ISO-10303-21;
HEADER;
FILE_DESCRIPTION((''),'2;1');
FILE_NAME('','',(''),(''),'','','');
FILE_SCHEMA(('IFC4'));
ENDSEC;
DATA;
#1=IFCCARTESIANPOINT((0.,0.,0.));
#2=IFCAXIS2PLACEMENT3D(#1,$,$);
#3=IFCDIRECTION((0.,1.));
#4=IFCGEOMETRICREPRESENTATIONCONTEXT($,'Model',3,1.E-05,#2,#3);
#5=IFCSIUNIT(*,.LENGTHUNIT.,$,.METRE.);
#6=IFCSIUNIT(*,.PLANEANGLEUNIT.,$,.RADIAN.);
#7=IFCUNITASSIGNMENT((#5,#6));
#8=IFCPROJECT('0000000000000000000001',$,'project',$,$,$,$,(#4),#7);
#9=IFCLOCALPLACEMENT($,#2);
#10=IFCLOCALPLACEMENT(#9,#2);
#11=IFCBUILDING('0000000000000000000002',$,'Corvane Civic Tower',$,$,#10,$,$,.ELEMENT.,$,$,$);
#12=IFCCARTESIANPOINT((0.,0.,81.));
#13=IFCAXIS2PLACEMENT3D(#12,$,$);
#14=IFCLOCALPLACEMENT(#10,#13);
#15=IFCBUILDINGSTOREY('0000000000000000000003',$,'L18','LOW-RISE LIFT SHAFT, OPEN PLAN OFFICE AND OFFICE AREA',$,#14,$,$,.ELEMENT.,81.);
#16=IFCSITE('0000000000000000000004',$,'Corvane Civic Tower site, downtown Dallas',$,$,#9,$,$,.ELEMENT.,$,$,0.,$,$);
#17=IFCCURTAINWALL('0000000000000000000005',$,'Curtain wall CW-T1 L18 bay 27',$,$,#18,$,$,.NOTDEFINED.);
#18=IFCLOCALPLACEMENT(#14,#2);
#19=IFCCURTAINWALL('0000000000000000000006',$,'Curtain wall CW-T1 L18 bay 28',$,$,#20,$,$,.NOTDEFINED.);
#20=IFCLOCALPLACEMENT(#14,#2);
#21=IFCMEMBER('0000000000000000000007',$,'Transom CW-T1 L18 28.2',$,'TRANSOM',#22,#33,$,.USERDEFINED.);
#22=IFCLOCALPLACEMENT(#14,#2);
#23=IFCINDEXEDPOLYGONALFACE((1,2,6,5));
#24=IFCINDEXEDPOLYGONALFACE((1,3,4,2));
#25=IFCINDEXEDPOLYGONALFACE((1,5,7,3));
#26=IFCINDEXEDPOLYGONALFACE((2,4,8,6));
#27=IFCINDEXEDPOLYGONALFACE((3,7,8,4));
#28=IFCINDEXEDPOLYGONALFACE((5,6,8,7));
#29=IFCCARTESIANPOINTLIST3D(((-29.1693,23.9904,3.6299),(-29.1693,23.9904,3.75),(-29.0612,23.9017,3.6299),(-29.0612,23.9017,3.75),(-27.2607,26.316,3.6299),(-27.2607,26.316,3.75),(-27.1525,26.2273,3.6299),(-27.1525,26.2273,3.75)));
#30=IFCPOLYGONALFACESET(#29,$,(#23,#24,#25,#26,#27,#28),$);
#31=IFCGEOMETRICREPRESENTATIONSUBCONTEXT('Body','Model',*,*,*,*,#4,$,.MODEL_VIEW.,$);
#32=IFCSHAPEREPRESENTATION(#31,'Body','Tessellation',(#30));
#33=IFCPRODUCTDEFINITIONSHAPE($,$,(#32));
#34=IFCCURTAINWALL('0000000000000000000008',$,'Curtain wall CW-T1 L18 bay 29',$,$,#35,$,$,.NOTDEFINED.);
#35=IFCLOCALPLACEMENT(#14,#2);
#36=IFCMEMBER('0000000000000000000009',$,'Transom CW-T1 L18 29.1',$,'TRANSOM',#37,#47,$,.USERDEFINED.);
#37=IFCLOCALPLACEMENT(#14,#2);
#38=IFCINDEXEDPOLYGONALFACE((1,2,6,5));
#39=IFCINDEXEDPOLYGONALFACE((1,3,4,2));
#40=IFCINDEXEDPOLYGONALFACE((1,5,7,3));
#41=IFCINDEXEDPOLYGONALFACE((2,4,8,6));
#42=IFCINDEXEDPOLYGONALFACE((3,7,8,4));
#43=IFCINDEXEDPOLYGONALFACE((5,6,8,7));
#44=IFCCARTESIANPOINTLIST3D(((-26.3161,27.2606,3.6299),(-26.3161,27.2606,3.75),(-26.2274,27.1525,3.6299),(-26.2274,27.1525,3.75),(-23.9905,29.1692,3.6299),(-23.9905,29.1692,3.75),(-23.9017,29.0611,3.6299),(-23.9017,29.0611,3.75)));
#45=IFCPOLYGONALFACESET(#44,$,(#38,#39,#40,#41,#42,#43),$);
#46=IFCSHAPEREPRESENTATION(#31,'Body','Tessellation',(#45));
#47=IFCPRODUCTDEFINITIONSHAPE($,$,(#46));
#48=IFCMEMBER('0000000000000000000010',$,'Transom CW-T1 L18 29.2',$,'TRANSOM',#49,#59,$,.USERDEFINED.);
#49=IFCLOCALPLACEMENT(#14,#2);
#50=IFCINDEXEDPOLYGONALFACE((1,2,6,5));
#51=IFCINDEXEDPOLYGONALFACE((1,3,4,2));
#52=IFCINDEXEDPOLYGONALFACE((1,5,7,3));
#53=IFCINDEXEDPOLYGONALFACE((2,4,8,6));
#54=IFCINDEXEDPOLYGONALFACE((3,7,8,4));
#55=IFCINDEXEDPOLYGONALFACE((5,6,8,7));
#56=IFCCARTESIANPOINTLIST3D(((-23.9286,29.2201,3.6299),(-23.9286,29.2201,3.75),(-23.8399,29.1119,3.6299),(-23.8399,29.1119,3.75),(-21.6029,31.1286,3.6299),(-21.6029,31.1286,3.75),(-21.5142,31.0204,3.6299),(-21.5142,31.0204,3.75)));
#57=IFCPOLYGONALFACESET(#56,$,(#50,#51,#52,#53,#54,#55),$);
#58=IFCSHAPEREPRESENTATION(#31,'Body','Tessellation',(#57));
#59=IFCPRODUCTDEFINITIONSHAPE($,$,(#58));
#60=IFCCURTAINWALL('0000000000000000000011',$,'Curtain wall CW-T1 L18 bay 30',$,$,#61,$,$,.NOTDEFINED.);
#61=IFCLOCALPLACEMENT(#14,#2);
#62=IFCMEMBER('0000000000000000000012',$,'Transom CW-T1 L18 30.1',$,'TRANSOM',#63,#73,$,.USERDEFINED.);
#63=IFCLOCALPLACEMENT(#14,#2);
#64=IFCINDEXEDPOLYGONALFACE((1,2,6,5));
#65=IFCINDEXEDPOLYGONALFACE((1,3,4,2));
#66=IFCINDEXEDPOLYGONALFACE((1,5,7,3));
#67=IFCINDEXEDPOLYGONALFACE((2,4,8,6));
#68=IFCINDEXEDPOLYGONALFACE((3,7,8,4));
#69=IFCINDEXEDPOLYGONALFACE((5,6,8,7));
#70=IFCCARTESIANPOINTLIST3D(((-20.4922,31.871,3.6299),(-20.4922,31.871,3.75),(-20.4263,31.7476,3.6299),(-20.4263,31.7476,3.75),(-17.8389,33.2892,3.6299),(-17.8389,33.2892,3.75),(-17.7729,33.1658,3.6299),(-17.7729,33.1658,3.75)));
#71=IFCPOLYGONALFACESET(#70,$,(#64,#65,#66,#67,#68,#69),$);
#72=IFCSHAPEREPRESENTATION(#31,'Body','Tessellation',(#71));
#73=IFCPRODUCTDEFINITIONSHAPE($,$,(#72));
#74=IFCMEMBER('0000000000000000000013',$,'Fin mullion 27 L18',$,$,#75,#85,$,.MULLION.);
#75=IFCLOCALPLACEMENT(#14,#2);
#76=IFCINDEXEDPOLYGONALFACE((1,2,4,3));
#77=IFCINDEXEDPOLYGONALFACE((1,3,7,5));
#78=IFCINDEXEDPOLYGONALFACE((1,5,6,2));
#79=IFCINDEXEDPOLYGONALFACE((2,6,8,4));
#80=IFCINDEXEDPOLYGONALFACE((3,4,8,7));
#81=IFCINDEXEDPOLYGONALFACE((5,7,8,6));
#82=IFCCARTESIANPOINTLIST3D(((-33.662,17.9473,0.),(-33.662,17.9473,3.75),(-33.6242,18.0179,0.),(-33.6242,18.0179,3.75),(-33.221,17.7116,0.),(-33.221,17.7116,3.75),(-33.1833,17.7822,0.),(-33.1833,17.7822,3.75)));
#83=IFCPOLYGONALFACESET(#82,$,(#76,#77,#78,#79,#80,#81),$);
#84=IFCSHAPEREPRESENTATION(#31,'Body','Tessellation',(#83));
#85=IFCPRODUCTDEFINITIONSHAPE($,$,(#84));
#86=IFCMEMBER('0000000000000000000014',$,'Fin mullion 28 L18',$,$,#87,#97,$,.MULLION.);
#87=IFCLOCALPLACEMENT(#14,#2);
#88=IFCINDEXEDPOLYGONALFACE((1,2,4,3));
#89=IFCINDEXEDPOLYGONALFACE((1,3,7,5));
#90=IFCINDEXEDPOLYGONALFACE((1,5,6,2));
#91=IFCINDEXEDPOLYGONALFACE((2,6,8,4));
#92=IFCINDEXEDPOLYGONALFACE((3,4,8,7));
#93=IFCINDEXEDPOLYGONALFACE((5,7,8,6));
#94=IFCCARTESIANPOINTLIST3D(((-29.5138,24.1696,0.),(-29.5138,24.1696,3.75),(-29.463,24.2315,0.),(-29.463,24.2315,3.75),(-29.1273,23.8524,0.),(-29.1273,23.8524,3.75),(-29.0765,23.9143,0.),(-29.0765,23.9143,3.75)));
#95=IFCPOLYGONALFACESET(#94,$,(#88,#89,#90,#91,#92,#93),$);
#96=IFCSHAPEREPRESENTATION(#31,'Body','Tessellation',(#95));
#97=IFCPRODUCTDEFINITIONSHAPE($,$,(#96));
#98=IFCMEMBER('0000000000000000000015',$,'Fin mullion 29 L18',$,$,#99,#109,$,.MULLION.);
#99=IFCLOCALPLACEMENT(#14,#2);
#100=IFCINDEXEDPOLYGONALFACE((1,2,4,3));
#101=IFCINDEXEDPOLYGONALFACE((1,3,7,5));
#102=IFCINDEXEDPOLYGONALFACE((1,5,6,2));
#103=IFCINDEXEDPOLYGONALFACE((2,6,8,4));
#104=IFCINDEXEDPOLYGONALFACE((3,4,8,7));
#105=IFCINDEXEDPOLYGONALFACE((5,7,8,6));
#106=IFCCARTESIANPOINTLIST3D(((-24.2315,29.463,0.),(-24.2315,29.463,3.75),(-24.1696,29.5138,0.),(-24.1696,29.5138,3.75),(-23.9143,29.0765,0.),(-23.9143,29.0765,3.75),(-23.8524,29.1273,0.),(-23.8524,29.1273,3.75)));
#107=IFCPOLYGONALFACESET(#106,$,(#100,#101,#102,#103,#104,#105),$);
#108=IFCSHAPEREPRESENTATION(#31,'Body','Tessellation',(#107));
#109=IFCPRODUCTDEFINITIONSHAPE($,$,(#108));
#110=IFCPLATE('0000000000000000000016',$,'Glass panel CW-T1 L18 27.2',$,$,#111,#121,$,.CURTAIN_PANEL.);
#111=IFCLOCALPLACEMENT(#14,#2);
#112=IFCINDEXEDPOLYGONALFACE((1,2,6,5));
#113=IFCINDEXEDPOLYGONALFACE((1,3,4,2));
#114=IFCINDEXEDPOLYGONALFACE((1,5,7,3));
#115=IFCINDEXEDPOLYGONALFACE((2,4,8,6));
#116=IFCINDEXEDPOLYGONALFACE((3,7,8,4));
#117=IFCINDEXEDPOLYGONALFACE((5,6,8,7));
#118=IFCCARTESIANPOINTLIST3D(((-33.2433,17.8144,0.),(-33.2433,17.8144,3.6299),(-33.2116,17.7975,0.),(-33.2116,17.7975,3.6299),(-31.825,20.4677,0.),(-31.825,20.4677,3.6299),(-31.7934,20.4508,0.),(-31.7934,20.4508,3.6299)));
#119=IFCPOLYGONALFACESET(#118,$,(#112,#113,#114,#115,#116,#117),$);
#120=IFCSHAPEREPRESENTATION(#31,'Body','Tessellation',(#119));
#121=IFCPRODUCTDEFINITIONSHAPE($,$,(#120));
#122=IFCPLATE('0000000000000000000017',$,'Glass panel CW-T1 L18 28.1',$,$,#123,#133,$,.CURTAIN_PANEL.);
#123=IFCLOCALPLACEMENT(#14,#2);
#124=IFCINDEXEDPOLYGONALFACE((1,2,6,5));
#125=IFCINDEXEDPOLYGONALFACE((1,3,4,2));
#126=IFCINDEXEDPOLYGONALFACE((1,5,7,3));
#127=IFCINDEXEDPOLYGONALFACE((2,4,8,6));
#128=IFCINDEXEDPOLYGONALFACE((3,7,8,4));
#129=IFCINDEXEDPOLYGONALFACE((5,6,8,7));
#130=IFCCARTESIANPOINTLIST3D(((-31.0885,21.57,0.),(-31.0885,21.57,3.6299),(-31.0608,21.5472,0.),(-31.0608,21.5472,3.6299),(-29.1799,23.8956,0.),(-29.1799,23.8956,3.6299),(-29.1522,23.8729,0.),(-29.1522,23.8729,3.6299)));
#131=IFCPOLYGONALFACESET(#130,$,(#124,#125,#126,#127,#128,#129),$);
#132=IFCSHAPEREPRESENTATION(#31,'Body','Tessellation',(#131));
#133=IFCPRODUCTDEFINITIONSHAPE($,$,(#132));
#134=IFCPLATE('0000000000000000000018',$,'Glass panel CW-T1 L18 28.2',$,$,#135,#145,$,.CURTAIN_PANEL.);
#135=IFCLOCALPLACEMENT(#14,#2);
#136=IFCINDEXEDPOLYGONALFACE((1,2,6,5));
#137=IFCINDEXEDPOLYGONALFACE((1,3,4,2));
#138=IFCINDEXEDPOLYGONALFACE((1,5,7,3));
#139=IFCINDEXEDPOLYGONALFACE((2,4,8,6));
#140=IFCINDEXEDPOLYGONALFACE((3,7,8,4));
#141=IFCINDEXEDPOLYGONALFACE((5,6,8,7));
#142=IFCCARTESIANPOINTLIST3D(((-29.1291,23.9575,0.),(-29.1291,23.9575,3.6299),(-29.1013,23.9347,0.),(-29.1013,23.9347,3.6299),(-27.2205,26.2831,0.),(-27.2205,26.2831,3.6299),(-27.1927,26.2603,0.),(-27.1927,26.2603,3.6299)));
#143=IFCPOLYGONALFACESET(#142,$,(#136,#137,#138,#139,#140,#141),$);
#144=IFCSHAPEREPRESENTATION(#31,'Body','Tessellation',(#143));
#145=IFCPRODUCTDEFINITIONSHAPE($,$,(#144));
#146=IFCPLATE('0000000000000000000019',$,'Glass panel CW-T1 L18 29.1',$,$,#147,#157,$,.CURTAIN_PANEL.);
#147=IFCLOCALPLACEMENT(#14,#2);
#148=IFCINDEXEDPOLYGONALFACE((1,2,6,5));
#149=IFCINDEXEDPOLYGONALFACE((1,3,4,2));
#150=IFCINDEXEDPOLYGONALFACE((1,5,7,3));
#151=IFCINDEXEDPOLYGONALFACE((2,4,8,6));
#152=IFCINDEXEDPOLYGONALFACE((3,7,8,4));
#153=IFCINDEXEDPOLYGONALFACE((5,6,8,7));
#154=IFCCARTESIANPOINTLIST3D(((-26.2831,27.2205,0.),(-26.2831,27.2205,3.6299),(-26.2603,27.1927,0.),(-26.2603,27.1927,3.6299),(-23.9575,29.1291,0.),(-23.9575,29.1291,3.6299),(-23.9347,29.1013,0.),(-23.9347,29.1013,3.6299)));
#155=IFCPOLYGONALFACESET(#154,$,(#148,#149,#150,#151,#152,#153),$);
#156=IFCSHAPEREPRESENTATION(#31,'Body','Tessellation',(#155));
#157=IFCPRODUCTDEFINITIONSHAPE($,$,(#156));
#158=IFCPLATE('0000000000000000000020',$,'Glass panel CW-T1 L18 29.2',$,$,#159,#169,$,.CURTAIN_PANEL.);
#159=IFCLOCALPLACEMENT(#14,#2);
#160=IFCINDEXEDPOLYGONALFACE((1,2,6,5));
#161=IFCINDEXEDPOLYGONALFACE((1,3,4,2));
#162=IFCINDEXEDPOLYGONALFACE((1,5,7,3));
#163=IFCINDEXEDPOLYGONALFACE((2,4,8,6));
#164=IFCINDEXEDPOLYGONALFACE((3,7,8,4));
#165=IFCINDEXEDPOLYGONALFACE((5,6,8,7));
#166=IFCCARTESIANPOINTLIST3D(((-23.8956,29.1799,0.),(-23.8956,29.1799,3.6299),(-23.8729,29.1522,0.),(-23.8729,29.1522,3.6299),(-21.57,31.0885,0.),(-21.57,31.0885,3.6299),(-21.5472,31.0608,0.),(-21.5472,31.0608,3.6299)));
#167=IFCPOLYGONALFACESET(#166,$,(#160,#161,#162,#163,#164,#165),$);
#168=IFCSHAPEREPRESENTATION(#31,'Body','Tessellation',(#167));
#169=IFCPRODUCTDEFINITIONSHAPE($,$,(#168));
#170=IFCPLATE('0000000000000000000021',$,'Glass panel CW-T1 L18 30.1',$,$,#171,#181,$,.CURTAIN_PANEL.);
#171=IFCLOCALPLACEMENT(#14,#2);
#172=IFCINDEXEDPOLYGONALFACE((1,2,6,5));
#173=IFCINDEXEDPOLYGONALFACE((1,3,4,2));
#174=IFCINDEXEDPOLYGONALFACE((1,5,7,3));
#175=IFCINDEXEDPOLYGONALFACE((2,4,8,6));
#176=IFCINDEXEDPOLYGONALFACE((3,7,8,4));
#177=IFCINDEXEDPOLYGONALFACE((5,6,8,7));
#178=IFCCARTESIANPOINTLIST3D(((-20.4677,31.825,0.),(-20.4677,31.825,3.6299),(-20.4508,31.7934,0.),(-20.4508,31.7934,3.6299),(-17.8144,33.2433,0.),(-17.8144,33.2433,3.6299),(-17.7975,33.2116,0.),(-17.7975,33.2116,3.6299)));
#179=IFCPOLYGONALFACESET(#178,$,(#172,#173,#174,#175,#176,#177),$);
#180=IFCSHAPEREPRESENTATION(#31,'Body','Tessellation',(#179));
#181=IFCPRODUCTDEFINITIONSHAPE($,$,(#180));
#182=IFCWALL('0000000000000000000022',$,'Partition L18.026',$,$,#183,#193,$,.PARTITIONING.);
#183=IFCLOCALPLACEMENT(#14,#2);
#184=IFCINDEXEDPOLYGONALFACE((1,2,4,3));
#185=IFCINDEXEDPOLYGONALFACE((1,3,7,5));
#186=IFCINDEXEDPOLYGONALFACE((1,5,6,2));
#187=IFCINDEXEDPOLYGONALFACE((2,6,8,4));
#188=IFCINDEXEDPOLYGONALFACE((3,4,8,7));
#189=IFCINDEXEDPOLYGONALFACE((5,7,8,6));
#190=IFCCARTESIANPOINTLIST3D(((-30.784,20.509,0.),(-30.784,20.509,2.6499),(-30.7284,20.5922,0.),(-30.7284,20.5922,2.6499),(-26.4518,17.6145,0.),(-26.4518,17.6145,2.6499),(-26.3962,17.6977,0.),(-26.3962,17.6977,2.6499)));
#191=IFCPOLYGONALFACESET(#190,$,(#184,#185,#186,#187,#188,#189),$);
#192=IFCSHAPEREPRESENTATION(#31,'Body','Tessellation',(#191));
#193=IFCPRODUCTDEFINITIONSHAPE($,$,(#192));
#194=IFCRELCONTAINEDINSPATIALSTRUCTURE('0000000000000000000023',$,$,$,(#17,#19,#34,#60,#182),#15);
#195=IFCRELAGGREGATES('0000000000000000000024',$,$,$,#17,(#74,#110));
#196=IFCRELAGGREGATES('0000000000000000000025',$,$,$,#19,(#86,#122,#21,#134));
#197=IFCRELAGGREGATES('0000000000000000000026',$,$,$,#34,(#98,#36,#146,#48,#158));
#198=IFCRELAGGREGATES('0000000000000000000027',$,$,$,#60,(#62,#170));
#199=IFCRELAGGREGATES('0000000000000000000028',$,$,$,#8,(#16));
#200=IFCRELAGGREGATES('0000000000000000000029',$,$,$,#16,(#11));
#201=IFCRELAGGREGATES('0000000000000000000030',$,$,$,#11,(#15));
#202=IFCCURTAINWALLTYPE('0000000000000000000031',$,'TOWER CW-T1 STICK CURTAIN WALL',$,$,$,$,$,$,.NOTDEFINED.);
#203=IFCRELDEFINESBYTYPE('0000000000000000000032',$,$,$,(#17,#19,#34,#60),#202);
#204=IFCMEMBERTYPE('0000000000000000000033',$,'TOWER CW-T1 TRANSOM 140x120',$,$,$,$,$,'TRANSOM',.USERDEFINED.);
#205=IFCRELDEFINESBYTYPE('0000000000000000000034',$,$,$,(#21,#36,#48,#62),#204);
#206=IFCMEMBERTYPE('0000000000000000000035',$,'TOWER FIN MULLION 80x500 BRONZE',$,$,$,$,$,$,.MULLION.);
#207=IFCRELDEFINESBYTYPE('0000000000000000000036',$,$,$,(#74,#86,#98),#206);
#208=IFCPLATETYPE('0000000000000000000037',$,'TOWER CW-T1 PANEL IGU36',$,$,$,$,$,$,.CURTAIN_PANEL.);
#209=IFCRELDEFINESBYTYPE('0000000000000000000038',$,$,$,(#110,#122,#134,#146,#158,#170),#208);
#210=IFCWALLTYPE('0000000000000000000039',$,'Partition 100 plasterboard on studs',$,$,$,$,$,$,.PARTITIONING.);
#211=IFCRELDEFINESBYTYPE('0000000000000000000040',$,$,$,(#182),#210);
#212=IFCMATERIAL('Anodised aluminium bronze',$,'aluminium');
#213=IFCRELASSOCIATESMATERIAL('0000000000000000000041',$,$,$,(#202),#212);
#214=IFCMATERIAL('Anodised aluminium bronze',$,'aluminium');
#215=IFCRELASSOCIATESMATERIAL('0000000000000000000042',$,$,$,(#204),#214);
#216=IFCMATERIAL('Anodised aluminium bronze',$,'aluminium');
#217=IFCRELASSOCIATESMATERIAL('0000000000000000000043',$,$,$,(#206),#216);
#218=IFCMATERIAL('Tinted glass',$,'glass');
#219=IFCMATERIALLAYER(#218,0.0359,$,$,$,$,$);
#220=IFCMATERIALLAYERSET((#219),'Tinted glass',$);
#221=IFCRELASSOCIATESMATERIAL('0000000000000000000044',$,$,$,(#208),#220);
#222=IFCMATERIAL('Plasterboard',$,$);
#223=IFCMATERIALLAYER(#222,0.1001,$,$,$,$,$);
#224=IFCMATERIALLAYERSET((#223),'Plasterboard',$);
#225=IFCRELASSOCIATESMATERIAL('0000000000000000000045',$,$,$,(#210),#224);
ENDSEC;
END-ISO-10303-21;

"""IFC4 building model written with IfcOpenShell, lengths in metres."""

from ifc_helpers import new_model, si_unit, direction, frame, frame_2d, origin, origin_2d, place, context, subcontext, project, spatial, rectangle, extrude, material, layer, layer_set, material_profile, profile_set, type_object, element, aggregate, save


model = new_model("IFC4")

# Units and contexts
model_context = context("Model", 3, precision=1e-05, world=origin(), true_north=direction((0.0, 1.0)))
body_context = subcontext(model_context, "Body", "Model", "MODEL_VIEW")
ifc_project = project(units=[si_unit("LENGTHUNIT", "METRE"), si_unit("PLANEANGLEUNIT", "RADIAN")], contexts=[model_context])

# Site, building, storey
site_placement = place(None, origin())
site = spatial("IfcSite", under=ifc_project, at=site_placement, Name="Corvane Civic Tower site, downtown Dallas", CompositionType="ELEMENT", RefElevation=0.0)
building_placement = place(site_placement, origin())
building = spatial("IfcBuilding", under=site, at=building_placement, Name="Corvane Civic Tower", CompositionType="ELEMENT")
storey_placement = place(building_placement, frame((0.0, 0.0, 81.0)))
storey = spatial("IfcBuildingStorey", under=building, at=storey_placement, Name="L18", Description="LOW-RISE LIFT SHAFT, OPEN PLAN OFFICE AND OFFICE AREA", CompositionType="ELEMENT", Elevation=81.0)

# Curtain wall
ifc_material_1 = material(Name="Anodised aluminium bronze", Category="aluminium")
curtain_wall_type = type_object("IfcCurtainWallType", Name="TOWER CW-T1 STICK CURTAIN WALL", PredefinedType="NOTDEFINED", material=ifc_material_1)
curtain_wall_1_placement = place(storey_placement, origin())
curtain_wall_1 = element("IfcCurtainWall", 1, at=curtain_wall_1_placement, inside=storey, type_object=curtain_wall_type, Name="Curtain wall CW-T1 L18 bay 27", PredefinedType="NOTDEFINED")
ifc_material_2 = material(Name="Anodised aluminium bronze", Category="aluminium")
ifc_material_profile_1 = material_profile(ifc_material_2, rectangle(XDim=0.1399, YDim=0.1201, at=origin_2d()), Name="TOWER CW-T1 TRANSOM 140x120")
ifc_profile_set_1 = profile_set([ifc_material_profile_1], Name="Anodised aluminium bronze")
member_type_1 = type_object("IfcMemberType", Name="TOWER CW-T1 TRANSOM 140x120", ElementType="TRANSOM", PredefinedType="USERDEFINED", material=ifc_profile_set_1)

# Curtain walls, members
curtain_wall_2_placement = place(storey_placement, origin())
curtain_wall_2 = element("IfcCurtainWall", 2, at=curtain_wall_2_placement, inside=storey, type_object=curtain_wall_type, Name="Curtain wall CW-T1 L18 bay 28", PredefinedType="NOTDEFINED")
member_1_placement = place(storey_placement, frame((-29.1152, 23.946, 3.6899), z_axis=(0.634404, 0.773002, 0.0), x_axis=(-0.773002, 0.634404, 0.0)))
member_1 = element("IfcMember", 3, at=member_1_placement, type_object=member_type_1, Name="Transom CW-T1 L18 28.2", ObjectType="TRANSOM", PredefinedType="USERDEFINED", context=body_context, shape_type="SweptSolid", body=[
    extrude(rectangle(XDim=0.1399, YDim=0.1201, at=origin_2d()), origin(), (0.0, 0.0, 1.0), 3.0085),
])
curtain_wall_3_placement = place(storey_placement, origin())
curtain_wall_3 = element("IfcCurtainWall", 4, at=curtain_wall_3_placement, inside=storey, type_object=curtain_wall_type, Name="Curtain wall CW-T1 L18 bay 29", PredefinedType="NOTDEFINED")
member_2_placement = place(storey_placement, frame((-26.2717, 27.2065, 3.6899), z_axis=(0.773002, 0.634404, 0.0), x_axis=(-0.634404, 0.773002, 0.0)))
member_2 = element("IfcMember", 5, at=member_2_placement, type_object=member_type_1, Name="Transom CW-T1 L18 29.1", ObjectType="TRANSOM", PredefinedType="USERDEFINED", context=body_context, shape_type="SweptSolid", body=[
    extrude(rectangle(XDim=0.1399, YDim=0.1201, at=origin_2d()), origin(), (0.0, 0.0, 1.0), 3.0085),
])
member_3_placement = place(storey_placement, frame((-23.8843, 29.166, 3.6899), z_axis=(0.773042, 0.634355, 0.0), x_axis=(-0.634355, 0.773042, 0.0)))
member_3 = element("IfcMember", 6, at=member_3_placement, type_object=member_type_1, Name="Transom CW-T1 L18 29.2", ObjectType="TRANSOM", PredefinedType="USERDEFINED", context=body_context, shape_type="SweptSolid", body=[
    extrude(rectangle(XDim=0.1399, YDim=0.1201, at=origin_2d()), origin(), (0.0, 0.0, 1.0), 3.0085),
])

# Curtain wall, member
curtain_wall_4_placement = place(storey_placement, origin())
curtain_wall_4 = element("IfcCurtainWall", 7, at=curtain_wall_4_placement, inside=storey, type_object=curtain_wall_type, Name="Curtain wall CW-T1 L18 bay 30", PredefinedType="NOTDEFINED")
member_4_placement = place(storey_placement, frame((-20.4592, 31.8093, 3.6899), z_axis=(0.881924, 0.471393, 0.0), x_axis=(-0.471393, 0.881924, 0.0)))
member_4 = element("IfcMember", 8, at=member_4_placement, type_object=member_type_1, Name="Transom CW-T1 L18 30.1", ObjectType="TRANSOM", PredefinedType="USERDEFINED", context=body_context, shape_type="SweptSolid", body=[
    extrude(rectangle(XDim=0.1399, YDim=0.1201, at=origin_2d()), origin(), (0.0, 0.0, 1.0), 3.0085),
])

# Members
ifc_material_3 = material(Name="Anodised aluminium bronze", Category="aluminium")
ifc_material_profile_2 = material_profile(ifc_material_3, rectangle(XDim=0.0801, YDim=0.5, at=origin_2d()), Name="TOWER FIN MULLION 80x500 BRONZE")
ifc_profile_set_2 = profile_set([ifc_material_profile_2], Name="Anodised aluminium bronze")
member_type_2 = type_object("IfcMemberType", Name="TOWER FIN MULLION 80x500 BRONZE", PredefinedType="MULLION", material=ifc_profile_set_2)
member_5_placement = place(storey_placement, frame((-33.4226, 17.8647, 0.0), z_axis=(0.0, 0.0, 1.0), x_axis=(0.471404, 0.881918, 0.0)))
member_5 = element("IfcMember", 9, at=member_5_placement, type_object=member_type_2, Name="Fin mullion 27 L18", PredefinedType="MULLION", context=body_context, shape_type="SweptSolid", body=[
    extrude(rectangle(XDim=0.0801, YDim=0.5, at=origin_2d()), origin(), (0.0, 0.0, 1.0), 3.75),
])
member_6_placement = place(storey_placement, frame((-29.2952, 24.042, 0.0), z_axis=(0.0, 0.0, 1.0), x_axis=(0.634397, 0.773007, 0.0)))
member_6 = element("IfcMember", 10, at=member_6_placement, type_object=member_type_2, Name="Fin mullion 28 L18", PredefinedType="MULLION", context=body_context, shape_type="SweptSolid", body=[
    extrude(rectangle(XDim=0.0801, YDim=0.5, at=origin_2d()), origin(), (0.0, 0.0, 1.0), 3.75),
])
member_7_placement = place(storey_placement, frame((-24.042, 29.2952, 0.0), z_axis=(0.0, 0.0, 1.0), x_axis=(0.773007, 0.634397, 0.0)))
member_7 = element("IfcMember", 11, at=member_7_placement, type_object=member_type_2, Name="Fin mullion 29 L18", PredefinedType="MULLION", context=body_context, shape_type="SweptSolid", body=[
    extrude(rectangle(XDim=0.0801, YDim=0.5, at=origin_2d()), origin(), (0.0, 0.0, 1.0), 3.75),
])

# Plates
ifc_material_4 = material(Name="Tinted glass", Category="glass")
ifc_layer_1 = layer(ifc_material_4, 0.0359)
ifc_layer_set_1 = layer_set([ifc_layer_1], Name="Tinted glass")
plate_type = type_object("IfcPlateType", Name="TOWER CW-T1 PANEL IGU36", PredefinedType="CURTAIN_PANEL", material=ifc_layer_set_1)
plate_1_placement = place(storey_placement, frame((-32.5183, 19.1326, 0.0), z_axis=(0.0, 0.0, 1.0), x_axis=(0.471404, 0.881918, 0.0)))
plate_1 = element("IfcPlate", 12, at=plate_1_placement, type_object=plate_type, Name="Glass panel CW-T1 L18 27.2", PredefinedType="CURTAIN_PANEL", context=body_context, shape_type="SweptSolid", body=[
    extrude(rectangle(XDim=3.0085, YDim=0.0359, at=origin_2d()), origin(), (0.0, 0.0, 1.0), 3.6299),
])
aggregate(curtain_wall_1, [member_5, plate_1])
plate_2_placement = place(storey_placement, frame((-30.1204, 22.7214, 0.0), z_axis=(0.0, 0.0, 1.0), x_axis=(0.634397, 0.773007, 0.0)))
plate_2 = element("IfcPlate", 13, at=plate_2_placement, type_object=plate_type, Name="Glass panel CW-T1 L18 28.1", PredefinedType="CURTAIN_PANEL", context=body_context, shape_type="SweptSolid", body=[
    extrude(rectangle(XDim=3.0085, YDim=0.0359, at=origin_2d()), origin(), (0.0, 0.0, 1.0), 3.6299),
])
plate_3_placement = place(storey_placement, frame((-28.1609, 25.1089, 0.0), z_axis=(0.0, 0.0, 1.0), x_axis=(0.634397, 0.773007, 0.0)))
plate_3 = element("IfcPlate", 14, at=plate_3_placement, type_object=plate_type, Name="Glass panel CW-T1 L18 28.2", PredefinedType="CURTAIN_PANEL", context=body_context, shape_type="SweptSolid", body=[
    extrude(rectangle(XDim=3.0085, YDim=0.0359, at=origin_2d()), origin(), (0.0, 0.0, 1.0), 3.6299),
])
aggregate(curtain_wall_2, [member_6, plate_2, member_1, plate_3])
plate_4_placement = place(storey_placement, frame((-25.1089, 28.1609, 0.0), z_axis=(0.0, 0.0, 1.0), x_axis=(0.773007, 0.634397, 0.0)))
plate_4 = element("IfcPlate", 15, at=plate_4_placement, type_object=plate_type, Name="Glass panel CW-T1 L18 29.1", PredefinedType="CURTAIN_PANEL", context=body_context, shape_type="SweptSolid", body=[
    extrude(rectangle(XDim=3.0085, YDim=0.0359, at=origin_2d()), origin(), (0.0, 0.0, 1.0), 3.6299),
])
plate_5_placement = place(storey_placement, frame((-22.7214, 30.1204, 0.0), z_axis=(0.0, 0.0, 1.0), x_axis=(0.773007, 0.634397, 0.0)))
plate_5 = element("IfcPlate", 16, at=plate_5_placement, type_object=plate_type, Name="Glass panel CW-T1 L18 29.2", PredefinedType="CURTAIN_PANEL", context=body_context, shape_type="SweptSolid", body=[
    extrude(rectangle(XDim=3.0085, YDim=0.0359, at=origin_2d()), origin(), (0.0, 0.0, 1.0), 3.6299),
])
aggregate(curtain_wall_3, [member_7, member_2, plate_4, member_3, plate_5])
plate_6_placement = place(storey_placement, frame((-19.1326, 32.5183, 0.0), z_axis=(0.0, 0.0, 1.0), x_axis=(0.881918, 0.471404, 0.0)))
plate_6 = element("IfcPlate", 17, at=plate_6_placement, type_object=plate_type, Name="Glass panel CW-T1 L18 30.1", PredefinedType="CURTAIN_PANEL", context=body_context, shape_type="SweptSolid", body=[
    extrude(rectangle(XDim=3.0085, YDim=0.0359, at=origin_2d()), origin(), (0.0, 0.0, 1.0), 3.6299),
])
aggregate(curtain_wall_4, [member_4, plate_6])

# Wall
ifc_material_5 = material(Name="Plasterboard")
ifc_layer_2 = layer(ifc_material_5, 0.1001)
ifc_layer_set_2 = layer_set([ifc_layer_2], Name="Plasterboard")
wall_type = type_object("IfcWallType", Name="Partition 100 plasterboard on studs", PredefinedType="PARTITIONING", material=ifc_layer_set_2)
wall_1_placement = place(storey_placement, frame((-30.7561, 20.5505, 0.0), z_axis=(0.0, 0.0, 1.0), x_axis=(0.831488, -0.555543, 0.0)))
element("IfcWall", 18, at=wall_1_placement, inside=storey, type_object=wall_type, Name="Partition L18.026", PredefinedType="PARTITIONING", context=body_context, shape_type="SweptSolid", body=[
    extrude(rectangle(XDim=5.2102, YDim=0.1001, at=frame_2d((2.605, 0.0))), origin(), (0.0, 0.0, 1.0), 2.6499),
])

save(model, "model.ifc")
